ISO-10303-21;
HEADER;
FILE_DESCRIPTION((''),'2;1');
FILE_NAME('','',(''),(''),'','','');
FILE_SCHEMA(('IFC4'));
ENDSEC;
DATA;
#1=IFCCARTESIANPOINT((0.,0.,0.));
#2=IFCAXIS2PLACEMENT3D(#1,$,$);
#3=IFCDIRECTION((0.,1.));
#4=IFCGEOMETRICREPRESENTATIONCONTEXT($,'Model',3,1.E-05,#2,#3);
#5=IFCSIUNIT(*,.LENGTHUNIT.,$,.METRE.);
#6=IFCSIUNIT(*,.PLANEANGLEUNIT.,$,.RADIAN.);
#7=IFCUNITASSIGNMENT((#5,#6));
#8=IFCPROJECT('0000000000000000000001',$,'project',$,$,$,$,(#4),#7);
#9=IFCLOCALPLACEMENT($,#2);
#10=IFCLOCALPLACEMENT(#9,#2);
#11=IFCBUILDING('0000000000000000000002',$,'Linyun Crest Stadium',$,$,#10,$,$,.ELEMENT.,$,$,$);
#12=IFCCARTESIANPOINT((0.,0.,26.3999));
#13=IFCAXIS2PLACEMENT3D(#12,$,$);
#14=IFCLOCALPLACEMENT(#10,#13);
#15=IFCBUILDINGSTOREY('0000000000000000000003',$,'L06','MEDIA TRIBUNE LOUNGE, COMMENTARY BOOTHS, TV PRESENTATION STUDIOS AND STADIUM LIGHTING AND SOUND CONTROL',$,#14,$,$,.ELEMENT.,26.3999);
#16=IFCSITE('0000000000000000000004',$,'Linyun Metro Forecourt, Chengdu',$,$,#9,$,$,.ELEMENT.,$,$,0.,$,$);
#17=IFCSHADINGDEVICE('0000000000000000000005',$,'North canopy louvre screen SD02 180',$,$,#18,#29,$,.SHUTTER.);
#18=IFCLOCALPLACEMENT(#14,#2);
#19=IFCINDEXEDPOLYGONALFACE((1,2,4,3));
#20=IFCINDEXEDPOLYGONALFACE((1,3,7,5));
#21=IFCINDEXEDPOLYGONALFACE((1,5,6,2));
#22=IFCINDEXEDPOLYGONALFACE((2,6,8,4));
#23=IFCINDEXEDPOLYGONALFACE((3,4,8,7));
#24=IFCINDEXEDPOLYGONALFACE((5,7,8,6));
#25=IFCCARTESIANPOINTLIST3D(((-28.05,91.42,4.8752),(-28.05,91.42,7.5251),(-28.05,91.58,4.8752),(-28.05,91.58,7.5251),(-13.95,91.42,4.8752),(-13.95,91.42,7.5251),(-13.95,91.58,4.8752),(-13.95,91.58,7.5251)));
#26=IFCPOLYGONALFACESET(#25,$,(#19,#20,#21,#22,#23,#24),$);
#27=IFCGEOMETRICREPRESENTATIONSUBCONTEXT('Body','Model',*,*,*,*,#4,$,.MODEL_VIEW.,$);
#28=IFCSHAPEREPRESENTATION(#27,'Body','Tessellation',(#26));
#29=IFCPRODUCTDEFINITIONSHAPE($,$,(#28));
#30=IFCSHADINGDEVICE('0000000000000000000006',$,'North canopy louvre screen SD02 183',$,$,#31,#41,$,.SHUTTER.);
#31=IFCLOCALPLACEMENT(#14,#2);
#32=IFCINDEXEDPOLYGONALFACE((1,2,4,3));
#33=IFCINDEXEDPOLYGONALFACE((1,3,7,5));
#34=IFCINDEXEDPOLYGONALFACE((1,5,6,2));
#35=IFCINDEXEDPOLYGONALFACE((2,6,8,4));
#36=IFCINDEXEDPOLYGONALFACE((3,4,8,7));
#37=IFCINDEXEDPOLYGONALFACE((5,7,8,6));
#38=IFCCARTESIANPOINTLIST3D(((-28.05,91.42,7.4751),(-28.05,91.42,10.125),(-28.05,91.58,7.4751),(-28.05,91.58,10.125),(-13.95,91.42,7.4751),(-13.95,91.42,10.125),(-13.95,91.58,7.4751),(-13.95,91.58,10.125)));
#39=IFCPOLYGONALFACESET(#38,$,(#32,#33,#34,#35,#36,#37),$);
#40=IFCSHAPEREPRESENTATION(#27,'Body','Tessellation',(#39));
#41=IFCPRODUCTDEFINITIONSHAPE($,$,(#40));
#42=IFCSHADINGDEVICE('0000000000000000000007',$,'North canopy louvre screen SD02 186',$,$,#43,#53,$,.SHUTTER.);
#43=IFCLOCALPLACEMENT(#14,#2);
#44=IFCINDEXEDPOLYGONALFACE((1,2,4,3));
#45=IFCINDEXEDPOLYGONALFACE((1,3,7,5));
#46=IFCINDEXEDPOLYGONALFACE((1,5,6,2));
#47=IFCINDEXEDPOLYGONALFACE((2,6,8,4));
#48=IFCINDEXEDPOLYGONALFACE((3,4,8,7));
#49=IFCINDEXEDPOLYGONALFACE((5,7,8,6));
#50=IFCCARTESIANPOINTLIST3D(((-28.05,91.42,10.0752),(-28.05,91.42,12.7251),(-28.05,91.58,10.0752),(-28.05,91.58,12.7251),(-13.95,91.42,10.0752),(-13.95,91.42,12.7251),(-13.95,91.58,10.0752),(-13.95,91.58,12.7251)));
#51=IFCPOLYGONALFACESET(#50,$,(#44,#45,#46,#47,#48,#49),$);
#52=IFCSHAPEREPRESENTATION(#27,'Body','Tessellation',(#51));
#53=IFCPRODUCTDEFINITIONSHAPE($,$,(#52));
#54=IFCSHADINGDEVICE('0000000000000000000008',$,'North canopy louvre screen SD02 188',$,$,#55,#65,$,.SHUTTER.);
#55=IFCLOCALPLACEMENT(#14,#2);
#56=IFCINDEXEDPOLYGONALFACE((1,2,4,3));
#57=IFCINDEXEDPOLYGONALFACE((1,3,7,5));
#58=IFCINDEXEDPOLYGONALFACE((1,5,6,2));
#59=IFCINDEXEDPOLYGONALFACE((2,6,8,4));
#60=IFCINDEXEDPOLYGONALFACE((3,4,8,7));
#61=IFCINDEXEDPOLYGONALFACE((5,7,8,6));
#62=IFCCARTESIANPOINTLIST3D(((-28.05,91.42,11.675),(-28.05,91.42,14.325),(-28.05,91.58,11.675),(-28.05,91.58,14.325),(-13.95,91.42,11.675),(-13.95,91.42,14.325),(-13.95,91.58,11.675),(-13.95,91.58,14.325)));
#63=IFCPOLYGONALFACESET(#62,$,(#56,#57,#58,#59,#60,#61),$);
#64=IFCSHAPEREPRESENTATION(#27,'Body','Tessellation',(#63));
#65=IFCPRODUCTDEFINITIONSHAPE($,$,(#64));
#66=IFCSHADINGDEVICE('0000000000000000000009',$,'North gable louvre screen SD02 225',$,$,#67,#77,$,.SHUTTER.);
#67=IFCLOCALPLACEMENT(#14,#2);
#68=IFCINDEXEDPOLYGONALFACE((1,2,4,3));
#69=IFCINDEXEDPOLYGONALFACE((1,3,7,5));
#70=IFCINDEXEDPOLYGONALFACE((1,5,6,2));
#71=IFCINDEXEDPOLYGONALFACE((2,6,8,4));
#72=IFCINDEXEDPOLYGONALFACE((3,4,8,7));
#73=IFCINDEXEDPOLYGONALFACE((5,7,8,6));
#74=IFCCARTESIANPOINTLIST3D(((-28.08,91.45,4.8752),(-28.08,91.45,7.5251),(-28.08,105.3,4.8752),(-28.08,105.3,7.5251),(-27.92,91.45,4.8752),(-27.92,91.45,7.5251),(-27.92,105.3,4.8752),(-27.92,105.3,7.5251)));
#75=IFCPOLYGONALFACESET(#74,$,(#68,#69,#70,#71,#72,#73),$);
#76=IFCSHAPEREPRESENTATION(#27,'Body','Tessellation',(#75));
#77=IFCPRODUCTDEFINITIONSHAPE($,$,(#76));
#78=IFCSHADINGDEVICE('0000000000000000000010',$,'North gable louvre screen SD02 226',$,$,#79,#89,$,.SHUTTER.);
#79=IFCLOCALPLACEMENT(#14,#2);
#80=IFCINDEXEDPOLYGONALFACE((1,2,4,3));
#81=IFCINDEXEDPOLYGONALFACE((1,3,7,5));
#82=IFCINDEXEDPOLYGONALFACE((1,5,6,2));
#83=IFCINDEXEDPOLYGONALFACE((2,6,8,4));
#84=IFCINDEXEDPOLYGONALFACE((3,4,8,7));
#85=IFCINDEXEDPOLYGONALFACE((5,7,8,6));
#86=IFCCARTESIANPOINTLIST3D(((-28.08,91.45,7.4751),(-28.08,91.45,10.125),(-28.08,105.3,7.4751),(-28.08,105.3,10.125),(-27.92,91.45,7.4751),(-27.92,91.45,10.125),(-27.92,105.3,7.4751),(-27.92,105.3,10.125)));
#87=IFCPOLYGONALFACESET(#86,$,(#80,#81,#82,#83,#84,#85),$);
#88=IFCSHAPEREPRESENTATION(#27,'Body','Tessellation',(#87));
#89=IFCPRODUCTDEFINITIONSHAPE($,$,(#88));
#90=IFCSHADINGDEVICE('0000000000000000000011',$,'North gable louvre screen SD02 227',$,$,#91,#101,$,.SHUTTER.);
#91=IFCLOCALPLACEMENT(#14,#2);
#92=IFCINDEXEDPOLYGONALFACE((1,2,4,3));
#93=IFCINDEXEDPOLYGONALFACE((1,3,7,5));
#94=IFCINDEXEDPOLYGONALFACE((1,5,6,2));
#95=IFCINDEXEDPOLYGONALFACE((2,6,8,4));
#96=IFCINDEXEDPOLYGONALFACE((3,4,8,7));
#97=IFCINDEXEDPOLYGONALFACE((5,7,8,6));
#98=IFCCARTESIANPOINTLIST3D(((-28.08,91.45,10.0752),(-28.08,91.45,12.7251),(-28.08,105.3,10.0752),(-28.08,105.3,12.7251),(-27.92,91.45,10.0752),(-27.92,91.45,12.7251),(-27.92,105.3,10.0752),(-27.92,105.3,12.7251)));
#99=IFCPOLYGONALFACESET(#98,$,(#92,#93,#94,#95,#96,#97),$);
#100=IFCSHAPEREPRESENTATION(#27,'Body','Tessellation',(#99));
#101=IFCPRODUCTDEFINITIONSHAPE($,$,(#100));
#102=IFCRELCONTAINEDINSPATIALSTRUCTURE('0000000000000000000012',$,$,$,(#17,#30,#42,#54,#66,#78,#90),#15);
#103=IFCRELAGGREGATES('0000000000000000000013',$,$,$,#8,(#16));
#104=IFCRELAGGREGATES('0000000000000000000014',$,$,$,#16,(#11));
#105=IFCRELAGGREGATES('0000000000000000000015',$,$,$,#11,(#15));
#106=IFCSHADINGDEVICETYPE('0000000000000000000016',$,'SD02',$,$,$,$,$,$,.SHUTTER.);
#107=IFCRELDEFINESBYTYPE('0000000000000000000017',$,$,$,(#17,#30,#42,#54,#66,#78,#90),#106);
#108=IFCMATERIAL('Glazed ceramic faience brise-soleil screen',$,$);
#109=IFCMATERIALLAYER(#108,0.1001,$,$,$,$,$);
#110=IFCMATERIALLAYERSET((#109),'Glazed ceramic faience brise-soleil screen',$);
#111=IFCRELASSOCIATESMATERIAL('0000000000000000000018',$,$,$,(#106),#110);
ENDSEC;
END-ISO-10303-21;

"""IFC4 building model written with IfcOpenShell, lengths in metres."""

from ifc_helpers import new_model, si_unit, direction, frame, origin, origin_2d, place, context, subcontext, project, spatial, rectangle, extrude, material, layer, layer_set, type_object, element, save


model = new_model("IFC4")

# Units and contexts
model_context = context("Model", 3, precision=1e-05, world=origin(), true_north=direction((0.0, 1.0)))
body_context = subcontext(model_context, "Body", "Model", "MODEL_VIEW")
ifc_project = project(units=[si_unit("LENGTHUNIT", "METRE"), si_unit("PLANEANGLEUNIT", "RADIAN")], contexts=[model_context])

# Site, building, storey
site_placement = place(None, origin())
site = spatial("IfcSite", under=ifc_project, at=site_placement, Name="Linyun Metro Forecourt, Chengdu", CompositionType="ELEMENT", RefElevation=0.0)
building_placement = place(site_placement, origin())
building = spatial("IfcBuilding", under=site, at=building_placement, Name="Linyun Crest Stadium", CompositionType="ELEMENT")
storey_placement = place(building_placement, frame((0.0, 0.0, 26.3999)))
storey = spatial("IfcBuildingStorey", under=building, at=storey_placement, Name="L06", Description="MEDIA TRIBUNE LOUNGE, COMMENTARY BOOTHS, TV PRESENTATION STUDIOS AND STADIUM LIGHTING AND SOUND CONTROL", CompositionType="ELEMENT", Elevation=26.3999)

# Shading devices
ifc_material_1 = material(Name="Glazed ceramic faience brise-soleil screen")
ifc_layer_1 = layer(ifc_material_1, 0.1001)
ifc_layer_set_1 = layer_set([ifc_layer_1], Name="Glazed ceramic faience brise-soleil screen")
shading_device_type_1 = type_object("IfcShadingDeviceType", Name="SD02", PredefinedType="SHUTTER", material=ifc_layer_set_1)
for number, where, z_axis, x_axis, name in (
    (1, (-21.0, 91.5, 4.8752), (0.0, 0.0, 1.0), (1.0, 0.0, 0.0), "North canopy louvre screen SD02 180"),
    (2, (-21.0, 91.5, 7.4751), (0.0, 0.0, 1.0), (1.0, 0.0, 0.0), "North canopy louvre screen SD02 183"),
    (3, (-21.0, 91.5, 10.0752), (0.0, 0.0, 1.0), (1.0, 0.0, 0.0), "North canopy louvre screen SD02 186"),
    (4, (-21.0, 91.5, 11.675), (0.0, 0.0, 1.0), (1.0, 0.0, 0.0), "North canopy louvre screen SD02 188"),
):
    element("IfcShadingDevice", number, at=place(storey_placement, frame(where, z_axis=z_axis, x_axis=x_axis)), inside=storey, type_object=shading_device_type_1, Name=name, PredefinedType="SHUTTER", context=body_context, shape_type="SweptSolid", body=[
        extrude(rectangle(XDim=14.1001, YDim=0.1599, at=origin_2d()), origin(), (0.0, 0.0, 1.0), 2.6499),
    ])
for number, where, z_axis, x_axis, name in (
    (5, (-28.0, 98.375, 4.8752), (0.0, 0.0, 1.0), (1.0, 0.0, 0.0), "North gable louvre screen SD02 225"),
    (6, (-28.0, 98.375, 7.4751), (0.0, 0.0, 1.0), (1.0, 0.0, 0.0), "North gable louvre screen SD02 226"),
    (7, (-28.0, 98.375, 10.0752), (0.0, 0.0, 1.0), (1.0, 0.0, 0.0), "North gable louvre screen SD02 227"),
):
    element("IfcShadingDevice", number, at=place(storey_placement, frame(where, z_axis=z_axis, x_axis=x_axis)), inside=storey, type_object=shading_device_type_1, Name=name, PredefinedType="SHUTTER", context=body_context, shape_type="SweptSolid", body=[
        extrude(rectangle(XDim=0.1599, YDim=13.8501, at=origin_2d()), origin(), (0.0, 0.0, 1.0), 2.6499),
    ])

save(model, "model.ifc")
